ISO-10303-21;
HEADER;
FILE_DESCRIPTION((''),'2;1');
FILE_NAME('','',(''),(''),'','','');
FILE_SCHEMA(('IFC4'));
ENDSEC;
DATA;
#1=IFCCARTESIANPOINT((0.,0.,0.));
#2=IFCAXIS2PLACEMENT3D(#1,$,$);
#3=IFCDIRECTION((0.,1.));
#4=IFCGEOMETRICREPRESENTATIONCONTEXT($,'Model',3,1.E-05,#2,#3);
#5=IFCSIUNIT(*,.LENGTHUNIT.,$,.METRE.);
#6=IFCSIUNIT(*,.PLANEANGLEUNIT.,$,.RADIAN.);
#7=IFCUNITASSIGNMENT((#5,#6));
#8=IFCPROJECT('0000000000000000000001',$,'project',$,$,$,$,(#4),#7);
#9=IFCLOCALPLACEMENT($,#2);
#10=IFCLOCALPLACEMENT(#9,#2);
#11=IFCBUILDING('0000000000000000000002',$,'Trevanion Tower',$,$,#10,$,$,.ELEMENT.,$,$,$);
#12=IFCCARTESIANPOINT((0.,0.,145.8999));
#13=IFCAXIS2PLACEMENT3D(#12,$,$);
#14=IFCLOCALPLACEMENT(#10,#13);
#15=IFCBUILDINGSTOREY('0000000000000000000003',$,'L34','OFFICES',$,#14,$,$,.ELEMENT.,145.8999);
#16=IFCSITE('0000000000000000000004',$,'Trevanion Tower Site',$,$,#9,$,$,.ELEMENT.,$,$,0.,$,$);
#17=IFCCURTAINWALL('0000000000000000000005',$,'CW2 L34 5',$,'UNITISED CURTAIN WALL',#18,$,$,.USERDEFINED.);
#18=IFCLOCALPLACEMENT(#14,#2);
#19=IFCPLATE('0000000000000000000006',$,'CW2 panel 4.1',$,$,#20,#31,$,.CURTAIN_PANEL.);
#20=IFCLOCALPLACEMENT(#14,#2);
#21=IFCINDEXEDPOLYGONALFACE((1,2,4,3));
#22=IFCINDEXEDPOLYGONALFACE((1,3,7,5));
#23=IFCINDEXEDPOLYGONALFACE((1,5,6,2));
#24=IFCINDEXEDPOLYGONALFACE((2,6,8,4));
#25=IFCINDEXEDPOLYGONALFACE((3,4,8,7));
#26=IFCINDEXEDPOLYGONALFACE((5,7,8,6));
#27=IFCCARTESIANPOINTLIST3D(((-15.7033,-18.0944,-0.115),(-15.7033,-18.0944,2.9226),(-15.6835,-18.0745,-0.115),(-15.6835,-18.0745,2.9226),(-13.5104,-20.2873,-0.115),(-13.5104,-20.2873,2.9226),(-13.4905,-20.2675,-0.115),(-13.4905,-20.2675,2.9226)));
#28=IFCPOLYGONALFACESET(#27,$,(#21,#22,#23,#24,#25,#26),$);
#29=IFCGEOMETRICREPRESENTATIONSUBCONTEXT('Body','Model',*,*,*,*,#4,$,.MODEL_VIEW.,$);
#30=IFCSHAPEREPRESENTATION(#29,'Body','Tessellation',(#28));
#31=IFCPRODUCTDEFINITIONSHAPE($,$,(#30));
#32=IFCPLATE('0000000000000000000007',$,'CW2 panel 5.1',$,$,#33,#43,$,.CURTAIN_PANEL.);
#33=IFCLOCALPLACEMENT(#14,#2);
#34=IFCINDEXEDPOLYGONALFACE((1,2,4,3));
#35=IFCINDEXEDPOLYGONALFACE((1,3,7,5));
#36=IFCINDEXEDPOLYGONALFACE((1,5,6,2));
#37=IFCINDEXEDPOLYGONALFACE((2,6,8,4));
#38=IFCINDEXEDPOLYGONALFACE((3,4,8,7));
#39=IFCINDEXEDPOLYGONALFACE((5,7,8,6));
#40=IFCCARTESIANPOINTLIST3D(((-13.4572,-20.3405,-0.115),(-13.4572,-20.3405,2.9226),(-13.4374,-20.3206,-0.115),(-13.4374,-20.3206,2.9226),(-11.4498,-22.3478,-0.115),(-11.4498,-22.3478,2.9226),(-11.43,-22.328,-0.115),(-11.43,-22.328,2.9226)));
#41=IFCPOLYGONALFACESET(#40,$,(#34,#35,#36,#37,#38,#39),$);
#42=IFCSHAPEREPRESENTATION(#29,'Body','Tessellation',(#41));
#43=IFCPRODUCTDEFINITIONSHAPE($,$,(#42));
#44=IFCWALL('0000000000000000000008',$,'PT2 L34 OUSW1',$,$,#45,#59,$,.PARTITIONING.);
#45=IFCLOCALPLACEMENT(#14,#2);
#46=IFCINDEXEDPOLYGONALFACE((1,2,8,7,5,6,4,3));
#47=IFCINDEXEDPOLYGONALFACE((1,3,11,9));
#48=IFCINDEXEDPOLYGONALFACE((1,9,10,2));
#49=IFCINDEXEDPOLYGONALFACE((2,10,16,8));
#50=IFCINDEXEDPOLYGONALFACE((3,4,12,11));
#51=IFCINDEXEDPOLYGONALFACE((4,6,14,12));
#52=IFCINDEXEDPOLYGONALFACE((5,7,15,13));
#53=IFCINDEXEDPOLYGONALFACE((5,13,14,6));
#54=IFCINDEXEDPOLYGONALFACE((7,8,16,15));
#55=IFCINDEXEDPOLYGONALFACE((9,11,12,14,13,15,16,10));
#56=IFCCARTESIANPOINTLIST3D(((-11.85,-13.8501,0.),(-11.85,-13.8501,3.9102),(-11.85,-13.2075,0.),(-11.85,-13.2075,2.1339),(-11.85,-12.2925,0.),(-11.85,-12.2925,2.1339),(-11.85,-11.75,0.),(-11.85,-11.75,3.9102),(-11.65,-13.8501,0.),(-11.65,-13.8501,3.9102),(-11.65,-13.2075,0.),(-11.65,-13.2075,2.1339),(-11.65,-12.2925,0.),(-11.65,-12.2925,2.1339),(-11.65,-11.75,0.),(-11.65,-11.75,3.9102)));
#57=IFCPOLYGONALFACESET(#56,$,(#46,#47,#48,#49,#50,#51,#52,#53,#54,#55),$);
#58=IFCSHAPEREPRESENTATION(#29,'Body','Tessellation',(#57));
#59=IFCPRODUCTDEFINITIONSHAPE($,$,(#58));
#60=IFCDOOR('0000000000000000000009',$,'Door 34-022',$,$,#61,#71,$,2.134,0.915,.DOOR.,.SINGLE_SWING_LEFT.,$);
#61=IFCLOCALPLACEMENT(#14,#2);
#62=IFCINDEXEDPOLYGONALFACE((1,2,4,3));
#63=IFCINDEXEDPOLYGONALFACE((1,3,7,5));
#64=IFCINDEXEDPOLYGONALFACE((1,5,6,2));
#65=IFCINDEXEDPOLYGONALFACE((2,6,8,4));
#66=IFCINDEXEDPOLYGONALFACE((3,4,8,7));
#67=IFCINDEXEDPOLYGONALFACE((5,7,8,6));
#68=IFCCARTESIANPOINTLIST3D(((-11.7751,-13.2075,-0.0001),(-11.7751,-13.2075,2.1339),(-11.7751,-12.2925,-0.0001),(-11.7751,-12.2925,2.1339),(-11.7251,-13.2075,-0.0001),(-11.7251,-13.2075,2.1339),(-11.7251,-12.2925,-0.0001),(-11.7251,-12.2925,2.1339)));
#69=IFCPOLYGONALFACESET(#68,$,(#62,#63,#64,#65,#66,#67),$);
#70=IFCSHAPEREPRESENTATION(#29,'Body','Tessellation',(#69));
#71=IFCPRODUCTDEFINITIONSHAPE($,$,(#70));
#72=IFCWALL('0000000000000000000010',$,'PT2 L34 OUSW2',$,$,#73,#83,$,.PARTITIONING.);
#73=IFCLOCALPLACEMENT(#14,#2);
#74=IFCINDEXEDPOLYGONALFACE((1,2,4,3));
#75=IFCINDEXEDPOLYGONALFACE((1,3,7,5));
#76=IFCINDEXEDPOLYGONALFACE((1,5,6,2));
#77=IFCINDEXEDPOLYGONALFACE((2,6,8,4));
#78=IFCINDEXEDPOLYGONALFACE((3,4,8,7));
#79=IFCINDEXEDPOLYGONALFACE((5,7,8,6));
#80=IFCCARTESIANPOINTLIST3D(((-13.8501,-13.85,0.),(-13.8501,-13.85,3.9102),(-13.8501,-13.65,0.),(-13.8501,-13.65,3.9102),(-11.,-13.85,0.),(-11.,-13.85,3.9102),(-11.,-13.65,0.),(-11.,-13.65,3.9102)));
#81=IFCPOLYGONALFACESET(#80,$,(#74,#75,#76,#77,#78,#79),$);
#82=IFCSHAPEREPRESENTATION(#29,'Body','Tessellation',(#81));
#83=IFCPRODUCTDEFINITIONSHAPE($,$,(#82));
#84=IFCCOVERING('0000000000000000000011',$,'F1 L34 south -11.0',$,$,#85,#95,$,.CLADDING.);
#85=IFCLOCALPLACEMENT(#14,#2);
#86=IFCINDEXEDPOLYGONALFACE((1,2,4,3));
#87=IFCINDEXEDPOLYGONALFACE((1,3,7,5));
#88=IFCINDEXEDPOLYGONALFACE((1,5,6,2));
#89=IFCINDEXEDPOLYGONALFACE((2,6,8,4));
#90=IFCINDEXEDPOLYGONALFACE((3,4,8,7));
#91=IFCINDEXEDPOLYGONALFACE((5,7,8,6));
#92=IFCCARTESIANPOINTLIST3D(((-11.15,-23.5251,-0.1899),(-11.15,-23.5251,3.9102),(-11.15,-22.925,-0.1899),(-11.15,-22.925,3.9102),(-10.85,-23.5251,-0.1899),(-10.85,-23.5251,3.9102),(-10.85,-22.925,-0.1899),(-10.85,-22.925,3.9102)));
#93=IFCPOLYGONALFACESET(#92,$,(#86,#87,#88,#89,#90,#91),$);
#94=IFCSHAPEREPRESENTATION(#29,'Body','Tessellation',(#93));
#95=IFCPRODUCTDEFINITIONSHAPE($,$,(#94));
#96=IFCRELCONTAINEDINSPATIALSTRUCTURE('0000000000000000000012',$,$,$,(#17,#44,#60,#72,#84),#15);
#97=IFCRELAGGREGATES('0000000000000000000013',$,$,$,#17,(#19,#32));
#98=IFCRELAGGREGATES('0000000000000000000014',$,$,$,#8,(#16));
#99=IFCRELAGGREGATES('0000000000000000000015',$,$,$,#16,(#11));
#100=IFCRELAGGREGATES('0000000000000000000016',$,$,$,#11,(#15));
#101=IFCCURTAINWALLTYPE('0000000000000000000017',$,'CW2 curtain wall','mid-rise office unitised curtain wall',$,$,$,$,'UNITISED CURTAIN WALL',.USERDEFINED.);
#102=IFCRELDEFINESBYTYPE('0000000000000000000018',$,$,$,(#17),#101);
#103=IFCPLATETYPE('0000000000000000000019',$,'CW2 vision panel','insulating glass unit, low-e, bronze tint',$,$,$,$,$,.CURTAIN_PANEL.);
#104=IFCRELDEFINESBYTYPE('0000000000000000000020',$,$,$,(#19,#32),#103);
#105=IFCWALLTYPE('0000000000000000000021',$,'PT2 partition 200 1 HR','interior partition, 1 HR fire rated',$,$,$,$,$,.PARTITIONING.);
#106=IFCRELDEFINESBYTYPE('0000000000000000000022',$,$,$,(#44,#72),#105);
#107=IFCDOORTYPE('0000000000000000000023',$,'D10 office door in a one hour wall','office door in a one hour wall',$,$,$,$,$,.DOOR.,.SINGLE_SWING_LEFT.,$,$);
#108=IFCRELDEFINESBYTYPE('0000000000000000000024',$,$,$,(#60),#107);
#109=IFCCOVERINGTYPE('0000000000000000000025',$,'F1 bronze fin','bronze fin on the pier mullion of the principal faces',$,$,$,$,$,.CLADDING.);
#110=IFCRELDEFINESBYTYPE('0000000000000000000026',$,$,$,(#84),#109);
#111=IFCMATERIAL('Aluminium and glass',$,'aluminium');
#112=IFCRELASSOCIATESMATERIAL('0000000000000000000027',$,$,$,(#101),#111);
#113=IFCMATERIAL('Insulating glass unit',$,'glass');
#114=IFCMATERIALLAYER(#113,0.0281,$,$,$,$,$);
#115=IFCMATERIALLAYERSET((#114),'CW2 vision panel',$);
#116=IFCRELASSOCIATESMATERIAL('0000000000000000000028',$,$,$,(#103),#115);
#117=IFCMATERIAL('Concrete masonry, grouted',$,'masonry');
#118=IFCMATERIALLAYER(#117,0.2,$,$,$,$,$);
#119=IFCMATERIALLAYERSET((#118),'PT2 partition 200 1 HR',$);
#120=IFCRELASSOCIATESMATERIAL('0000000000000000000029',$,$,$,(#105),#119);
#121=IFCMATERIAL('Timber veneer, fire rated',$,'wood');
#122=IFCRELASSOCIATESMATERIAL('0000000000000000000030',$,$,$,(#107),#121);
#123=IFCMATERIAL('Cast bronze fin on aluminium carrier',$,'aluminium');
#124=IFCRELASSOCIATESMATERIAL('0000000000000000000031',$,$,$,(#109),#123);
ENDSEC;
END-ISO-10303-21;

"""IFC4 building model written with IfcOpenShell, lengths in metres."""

from ifc_helpers import new_model, si_unit, direction, frame, frame_2d, origin, origin_2d, place, context, subcontext, project, spatial, rectangle, extrude, material, layer, layer_set, type_object, element, fill, aggregate, save


model = new_model("IFC4")

# Units and contexts
model_context = context("Model", 3, precision=1e-05, world=origin(), true_north=direction((0.0, 1.0)))
body_context = subcontext(model_context, "Body", "Model", "MODEL_VIEW")
ifc_project = project(units=[si_unit("LENGTHUNIT", "METRE"), si_unit("PLANEANGLEUNIT", "RADIAN")], contexts=[model_context])

# Site, building, storey
site_placement = place(None, origin())
site = spatial("IfcSite", under=ifc_project, at=site_placement, Name="Trevanion Tower Site", CompositionType="ELEMENT", RefElevation=0.0)
building_placement = place(site_placement, origin())
building = spatial("IfcBuilding", under=site, at=building_placement, Name="Trevanion Tower", CompositionType="ELEMENT")
storey_placement = place(building_placement, frame((0.0, 0.0, 145.8999)))
storey = spatial("IfcBuildingStorey", under=building, at=storey_placement, Name="L34", Description="OFFICES", CompositionType="ELEMENT", Elevation=145.8999)

# Curtain wall
ifc_material_1 = material(Name="Aluminium and glass", Category="aluminium")
curtain_wall_type = type_object("IfcCurtainWallType", Name="CW2 curtain wall", Description="mid-rise office unitised curtain wall", ElementType="UNITISED CURTAIN WALL", PredefinedType="USERDEFINED", material=ifc_material_1)
curtain_wall_placement = place(storey_placement, origin())
curtain_wall = element("IfcCurtainWall", 1, at=curtain_wall_placement, inside=storey, type_object=curtain_wall_type, Name="CW2 L34 5", ObjectType="UNITISED CURTAIN WALL", PredefinedType="USERDEFINED")

# Plates
ifc_material_2 = material(Name="Insulating glass unit", Category="glass")
ifc_layer_1 = layer(ifc_material_2, 0.0281)
ifc_layer_set_1 = layer_set([ifc_layer_1], Name="CW2 vision panel")
plate_type_1 = type_object("IfcPlateType", Name="CW2 vision panel", Description="insulating glass unit, low-e, bronze tint", PredefinedType="CURTAIN_PANEL", material=ifc_layer_set_1)
plate_1_placement = place(storey_placement, frame((-14.5969, -19.1809, -0.115), z_axis=(0.0, 0.0, 1.0), x_axis=(0.707107, -0.707107, 0.0)))
plate_1 = element("IfcPlate", 2, at=plate_1_placement, type_object=plate_type_1, Name="CW2 panel 4.1", PredefinedType="CURTAIN_PANEL", context=body_context, shape_type="SweptSolid", body=[
    extrude(rectangle(XDim=3.1013, YDim=0.0281, at=origin_2d()), origin(), (0.0, 0.0, 1.0), 3.0376),
])
plate_2_placement = place(storey_placement, frame((-12.4436, -21.3342, -0.115), z_axis=(0.0, 0.0, 1.0), x_axis=(0.707107, -0.707107, 0.0)))
plate_2 = element("IfcPlate", 3, at=plate_2_placement, type_object=plate_type_1, Name="CW2 panel 5.1", PredefinedType="CURTAIN_PANEL", context=body_context, shape_type="SweptSolid", body=[
    extrude(rectangle(XDim=2.8389, YDim=0.0281, at=origin_2d()), origin(), (0.0, 0.0, 1.0), 3.0376),
])
aggregate(curtain_wall, [plate_1, plate_2])

# Wall, opening, door
ifc_material_3 = material(Name="Concrete masonry, grouted", Category="masonry")
ifc_layer_2 = layer(ifc_material_3, 0.2)
ifc_layer_set_2 = layer_set([ifc_layer_2], Name="PT2 partition 200 1 HR")
wall_type = type_object("IfcWallType", Name="PT2 partition 200 1 HR", Description="interior partition, 1 HR fire rated", PredefinedType="PARTITIONING", material=ifc_layer_set_2)
wall_1_placement = place(storey_placement, frame((-11.75, -11.75, 0.0), z_axis=(0.0, 0.0, 1.0), x_axis=(0.0, -1.0, 0.0)))
wall_1 = element("IfcWall", 4, at=wall_1_placement, inside=storey, type_object=wall_type, Name="PT2 L34 OUSW1", PredefinedType="PARTITIONING", context=body_context, shape_type="SweptSolid", body=[
    extrude(rectangle(XDim=2.1001, YDim=0.2, at=frame_2d((1.05, 0.0))), origin(), (0.0, 0.0, 1.0), 3.9102),
])
opening_placement = place(wall_1_placement, frame((0.5425, 0.0, 0.0)))
opening = element("IfcOpeningElement", 5, at=opening_placement, cuts=wall_1, PredefinedType="OPENING", context=body_context, shape_type="SweptSolid", body=[
    extrude(rectangle(XDim=0.915, YDim=2.134, at=frame_2d((0.4575, 1.0669))), frame((0.0, 0.1099, 0.0), z_axis=(0.0, -1.0, 0.0), x_axis=(1.0, 0.0, 0.0)), (0.0, 0.0, 1.0), 0.22),
])
ifc_material_4 = material(Name="Timber veneer, fire rated", Category="wood")
door_type = type_object("IfcDoorType", Name="D10 office door in a one hour wall", Description="office door in a one hour wall", OperationType="SINGLE_SWING_LEFT", PredefinedType="DOOR", material=ifc_material_4)
door_placement = place(opening_placement, origin())
door = element("IfcDoor", 6, at=door_placement, inside=storey, type_object=door_type, Name="Door 34-022", OperationType="SINGLE_SWING_LEFT", OverallHeight=2.134, OverallWidth=0.915, PredefinedType="DOOR", context=body_context, shape_type="SweptSolid", body=[
    extrude(rectangle(XDim=0.915, YDim=2.134, at=frame_2d((0.4575, 1.0669))), frame((0.0, 0.0249, 0.0), z_axis=(0.0, -1.0, 0.0), x_axis=(1.0, 0.0, 0.0)), (0.0, 0.0, 1.0), 0.05),
])
fill(opening, door)

# Wall
wall_2_placement = place(storey_placement, frame((-11.0, -13.75, 0.0), z_axis=(0.0, 0.0, 1.0), x_axis=(-1.0, 0.0, 0.0)))
element("IfcWall", 7, at=wall_2_placement, inside=storey, type_object=wall_type, Name="PT2 L34 OUSW2", PredefinedType="PARTITIONING", context=body_context, shape_type="SweptSolid", body=[
    extrude(rectangle(XDim=2.8501, YDim=0.2, at=frame_2d((1.425, 0.0))), origin(), (0.0, 0.0, 1.0), 3.9102),
])

# Covering
ifc_material_5 = material(Name="Cast bronze fin on aluminium carrier", Category="aluminium")
covering_type = type_object("IfcCoveringType", Name="F1 bronze fin", Description="bronze fin on the pier mullion of the principal faces", PredefinedType="CLADDING", material=ifc_material_5)
covering_placement = place(storey_placement, frame((-11.0, -23.2251, -0.1899), z_axis=(0.0, 0.0, 1.0), x_axis=(1.0, 0.0, 0.0)))
element("IfcCovering", 8, at=covering_placement, inside=storey, type_object=covering_type, Name="F1 L34 south -11.0", PredefinedType="CLADDING", context=body_context, shape_type="SweptSolid", body=[
    extrude(rectangle(XDim=0.3, YDim=0.6001, at=origin_2d()), origin(), (0.0, 0.0, 1.0), 4.1001),
])

save(model, "model.ifc")
